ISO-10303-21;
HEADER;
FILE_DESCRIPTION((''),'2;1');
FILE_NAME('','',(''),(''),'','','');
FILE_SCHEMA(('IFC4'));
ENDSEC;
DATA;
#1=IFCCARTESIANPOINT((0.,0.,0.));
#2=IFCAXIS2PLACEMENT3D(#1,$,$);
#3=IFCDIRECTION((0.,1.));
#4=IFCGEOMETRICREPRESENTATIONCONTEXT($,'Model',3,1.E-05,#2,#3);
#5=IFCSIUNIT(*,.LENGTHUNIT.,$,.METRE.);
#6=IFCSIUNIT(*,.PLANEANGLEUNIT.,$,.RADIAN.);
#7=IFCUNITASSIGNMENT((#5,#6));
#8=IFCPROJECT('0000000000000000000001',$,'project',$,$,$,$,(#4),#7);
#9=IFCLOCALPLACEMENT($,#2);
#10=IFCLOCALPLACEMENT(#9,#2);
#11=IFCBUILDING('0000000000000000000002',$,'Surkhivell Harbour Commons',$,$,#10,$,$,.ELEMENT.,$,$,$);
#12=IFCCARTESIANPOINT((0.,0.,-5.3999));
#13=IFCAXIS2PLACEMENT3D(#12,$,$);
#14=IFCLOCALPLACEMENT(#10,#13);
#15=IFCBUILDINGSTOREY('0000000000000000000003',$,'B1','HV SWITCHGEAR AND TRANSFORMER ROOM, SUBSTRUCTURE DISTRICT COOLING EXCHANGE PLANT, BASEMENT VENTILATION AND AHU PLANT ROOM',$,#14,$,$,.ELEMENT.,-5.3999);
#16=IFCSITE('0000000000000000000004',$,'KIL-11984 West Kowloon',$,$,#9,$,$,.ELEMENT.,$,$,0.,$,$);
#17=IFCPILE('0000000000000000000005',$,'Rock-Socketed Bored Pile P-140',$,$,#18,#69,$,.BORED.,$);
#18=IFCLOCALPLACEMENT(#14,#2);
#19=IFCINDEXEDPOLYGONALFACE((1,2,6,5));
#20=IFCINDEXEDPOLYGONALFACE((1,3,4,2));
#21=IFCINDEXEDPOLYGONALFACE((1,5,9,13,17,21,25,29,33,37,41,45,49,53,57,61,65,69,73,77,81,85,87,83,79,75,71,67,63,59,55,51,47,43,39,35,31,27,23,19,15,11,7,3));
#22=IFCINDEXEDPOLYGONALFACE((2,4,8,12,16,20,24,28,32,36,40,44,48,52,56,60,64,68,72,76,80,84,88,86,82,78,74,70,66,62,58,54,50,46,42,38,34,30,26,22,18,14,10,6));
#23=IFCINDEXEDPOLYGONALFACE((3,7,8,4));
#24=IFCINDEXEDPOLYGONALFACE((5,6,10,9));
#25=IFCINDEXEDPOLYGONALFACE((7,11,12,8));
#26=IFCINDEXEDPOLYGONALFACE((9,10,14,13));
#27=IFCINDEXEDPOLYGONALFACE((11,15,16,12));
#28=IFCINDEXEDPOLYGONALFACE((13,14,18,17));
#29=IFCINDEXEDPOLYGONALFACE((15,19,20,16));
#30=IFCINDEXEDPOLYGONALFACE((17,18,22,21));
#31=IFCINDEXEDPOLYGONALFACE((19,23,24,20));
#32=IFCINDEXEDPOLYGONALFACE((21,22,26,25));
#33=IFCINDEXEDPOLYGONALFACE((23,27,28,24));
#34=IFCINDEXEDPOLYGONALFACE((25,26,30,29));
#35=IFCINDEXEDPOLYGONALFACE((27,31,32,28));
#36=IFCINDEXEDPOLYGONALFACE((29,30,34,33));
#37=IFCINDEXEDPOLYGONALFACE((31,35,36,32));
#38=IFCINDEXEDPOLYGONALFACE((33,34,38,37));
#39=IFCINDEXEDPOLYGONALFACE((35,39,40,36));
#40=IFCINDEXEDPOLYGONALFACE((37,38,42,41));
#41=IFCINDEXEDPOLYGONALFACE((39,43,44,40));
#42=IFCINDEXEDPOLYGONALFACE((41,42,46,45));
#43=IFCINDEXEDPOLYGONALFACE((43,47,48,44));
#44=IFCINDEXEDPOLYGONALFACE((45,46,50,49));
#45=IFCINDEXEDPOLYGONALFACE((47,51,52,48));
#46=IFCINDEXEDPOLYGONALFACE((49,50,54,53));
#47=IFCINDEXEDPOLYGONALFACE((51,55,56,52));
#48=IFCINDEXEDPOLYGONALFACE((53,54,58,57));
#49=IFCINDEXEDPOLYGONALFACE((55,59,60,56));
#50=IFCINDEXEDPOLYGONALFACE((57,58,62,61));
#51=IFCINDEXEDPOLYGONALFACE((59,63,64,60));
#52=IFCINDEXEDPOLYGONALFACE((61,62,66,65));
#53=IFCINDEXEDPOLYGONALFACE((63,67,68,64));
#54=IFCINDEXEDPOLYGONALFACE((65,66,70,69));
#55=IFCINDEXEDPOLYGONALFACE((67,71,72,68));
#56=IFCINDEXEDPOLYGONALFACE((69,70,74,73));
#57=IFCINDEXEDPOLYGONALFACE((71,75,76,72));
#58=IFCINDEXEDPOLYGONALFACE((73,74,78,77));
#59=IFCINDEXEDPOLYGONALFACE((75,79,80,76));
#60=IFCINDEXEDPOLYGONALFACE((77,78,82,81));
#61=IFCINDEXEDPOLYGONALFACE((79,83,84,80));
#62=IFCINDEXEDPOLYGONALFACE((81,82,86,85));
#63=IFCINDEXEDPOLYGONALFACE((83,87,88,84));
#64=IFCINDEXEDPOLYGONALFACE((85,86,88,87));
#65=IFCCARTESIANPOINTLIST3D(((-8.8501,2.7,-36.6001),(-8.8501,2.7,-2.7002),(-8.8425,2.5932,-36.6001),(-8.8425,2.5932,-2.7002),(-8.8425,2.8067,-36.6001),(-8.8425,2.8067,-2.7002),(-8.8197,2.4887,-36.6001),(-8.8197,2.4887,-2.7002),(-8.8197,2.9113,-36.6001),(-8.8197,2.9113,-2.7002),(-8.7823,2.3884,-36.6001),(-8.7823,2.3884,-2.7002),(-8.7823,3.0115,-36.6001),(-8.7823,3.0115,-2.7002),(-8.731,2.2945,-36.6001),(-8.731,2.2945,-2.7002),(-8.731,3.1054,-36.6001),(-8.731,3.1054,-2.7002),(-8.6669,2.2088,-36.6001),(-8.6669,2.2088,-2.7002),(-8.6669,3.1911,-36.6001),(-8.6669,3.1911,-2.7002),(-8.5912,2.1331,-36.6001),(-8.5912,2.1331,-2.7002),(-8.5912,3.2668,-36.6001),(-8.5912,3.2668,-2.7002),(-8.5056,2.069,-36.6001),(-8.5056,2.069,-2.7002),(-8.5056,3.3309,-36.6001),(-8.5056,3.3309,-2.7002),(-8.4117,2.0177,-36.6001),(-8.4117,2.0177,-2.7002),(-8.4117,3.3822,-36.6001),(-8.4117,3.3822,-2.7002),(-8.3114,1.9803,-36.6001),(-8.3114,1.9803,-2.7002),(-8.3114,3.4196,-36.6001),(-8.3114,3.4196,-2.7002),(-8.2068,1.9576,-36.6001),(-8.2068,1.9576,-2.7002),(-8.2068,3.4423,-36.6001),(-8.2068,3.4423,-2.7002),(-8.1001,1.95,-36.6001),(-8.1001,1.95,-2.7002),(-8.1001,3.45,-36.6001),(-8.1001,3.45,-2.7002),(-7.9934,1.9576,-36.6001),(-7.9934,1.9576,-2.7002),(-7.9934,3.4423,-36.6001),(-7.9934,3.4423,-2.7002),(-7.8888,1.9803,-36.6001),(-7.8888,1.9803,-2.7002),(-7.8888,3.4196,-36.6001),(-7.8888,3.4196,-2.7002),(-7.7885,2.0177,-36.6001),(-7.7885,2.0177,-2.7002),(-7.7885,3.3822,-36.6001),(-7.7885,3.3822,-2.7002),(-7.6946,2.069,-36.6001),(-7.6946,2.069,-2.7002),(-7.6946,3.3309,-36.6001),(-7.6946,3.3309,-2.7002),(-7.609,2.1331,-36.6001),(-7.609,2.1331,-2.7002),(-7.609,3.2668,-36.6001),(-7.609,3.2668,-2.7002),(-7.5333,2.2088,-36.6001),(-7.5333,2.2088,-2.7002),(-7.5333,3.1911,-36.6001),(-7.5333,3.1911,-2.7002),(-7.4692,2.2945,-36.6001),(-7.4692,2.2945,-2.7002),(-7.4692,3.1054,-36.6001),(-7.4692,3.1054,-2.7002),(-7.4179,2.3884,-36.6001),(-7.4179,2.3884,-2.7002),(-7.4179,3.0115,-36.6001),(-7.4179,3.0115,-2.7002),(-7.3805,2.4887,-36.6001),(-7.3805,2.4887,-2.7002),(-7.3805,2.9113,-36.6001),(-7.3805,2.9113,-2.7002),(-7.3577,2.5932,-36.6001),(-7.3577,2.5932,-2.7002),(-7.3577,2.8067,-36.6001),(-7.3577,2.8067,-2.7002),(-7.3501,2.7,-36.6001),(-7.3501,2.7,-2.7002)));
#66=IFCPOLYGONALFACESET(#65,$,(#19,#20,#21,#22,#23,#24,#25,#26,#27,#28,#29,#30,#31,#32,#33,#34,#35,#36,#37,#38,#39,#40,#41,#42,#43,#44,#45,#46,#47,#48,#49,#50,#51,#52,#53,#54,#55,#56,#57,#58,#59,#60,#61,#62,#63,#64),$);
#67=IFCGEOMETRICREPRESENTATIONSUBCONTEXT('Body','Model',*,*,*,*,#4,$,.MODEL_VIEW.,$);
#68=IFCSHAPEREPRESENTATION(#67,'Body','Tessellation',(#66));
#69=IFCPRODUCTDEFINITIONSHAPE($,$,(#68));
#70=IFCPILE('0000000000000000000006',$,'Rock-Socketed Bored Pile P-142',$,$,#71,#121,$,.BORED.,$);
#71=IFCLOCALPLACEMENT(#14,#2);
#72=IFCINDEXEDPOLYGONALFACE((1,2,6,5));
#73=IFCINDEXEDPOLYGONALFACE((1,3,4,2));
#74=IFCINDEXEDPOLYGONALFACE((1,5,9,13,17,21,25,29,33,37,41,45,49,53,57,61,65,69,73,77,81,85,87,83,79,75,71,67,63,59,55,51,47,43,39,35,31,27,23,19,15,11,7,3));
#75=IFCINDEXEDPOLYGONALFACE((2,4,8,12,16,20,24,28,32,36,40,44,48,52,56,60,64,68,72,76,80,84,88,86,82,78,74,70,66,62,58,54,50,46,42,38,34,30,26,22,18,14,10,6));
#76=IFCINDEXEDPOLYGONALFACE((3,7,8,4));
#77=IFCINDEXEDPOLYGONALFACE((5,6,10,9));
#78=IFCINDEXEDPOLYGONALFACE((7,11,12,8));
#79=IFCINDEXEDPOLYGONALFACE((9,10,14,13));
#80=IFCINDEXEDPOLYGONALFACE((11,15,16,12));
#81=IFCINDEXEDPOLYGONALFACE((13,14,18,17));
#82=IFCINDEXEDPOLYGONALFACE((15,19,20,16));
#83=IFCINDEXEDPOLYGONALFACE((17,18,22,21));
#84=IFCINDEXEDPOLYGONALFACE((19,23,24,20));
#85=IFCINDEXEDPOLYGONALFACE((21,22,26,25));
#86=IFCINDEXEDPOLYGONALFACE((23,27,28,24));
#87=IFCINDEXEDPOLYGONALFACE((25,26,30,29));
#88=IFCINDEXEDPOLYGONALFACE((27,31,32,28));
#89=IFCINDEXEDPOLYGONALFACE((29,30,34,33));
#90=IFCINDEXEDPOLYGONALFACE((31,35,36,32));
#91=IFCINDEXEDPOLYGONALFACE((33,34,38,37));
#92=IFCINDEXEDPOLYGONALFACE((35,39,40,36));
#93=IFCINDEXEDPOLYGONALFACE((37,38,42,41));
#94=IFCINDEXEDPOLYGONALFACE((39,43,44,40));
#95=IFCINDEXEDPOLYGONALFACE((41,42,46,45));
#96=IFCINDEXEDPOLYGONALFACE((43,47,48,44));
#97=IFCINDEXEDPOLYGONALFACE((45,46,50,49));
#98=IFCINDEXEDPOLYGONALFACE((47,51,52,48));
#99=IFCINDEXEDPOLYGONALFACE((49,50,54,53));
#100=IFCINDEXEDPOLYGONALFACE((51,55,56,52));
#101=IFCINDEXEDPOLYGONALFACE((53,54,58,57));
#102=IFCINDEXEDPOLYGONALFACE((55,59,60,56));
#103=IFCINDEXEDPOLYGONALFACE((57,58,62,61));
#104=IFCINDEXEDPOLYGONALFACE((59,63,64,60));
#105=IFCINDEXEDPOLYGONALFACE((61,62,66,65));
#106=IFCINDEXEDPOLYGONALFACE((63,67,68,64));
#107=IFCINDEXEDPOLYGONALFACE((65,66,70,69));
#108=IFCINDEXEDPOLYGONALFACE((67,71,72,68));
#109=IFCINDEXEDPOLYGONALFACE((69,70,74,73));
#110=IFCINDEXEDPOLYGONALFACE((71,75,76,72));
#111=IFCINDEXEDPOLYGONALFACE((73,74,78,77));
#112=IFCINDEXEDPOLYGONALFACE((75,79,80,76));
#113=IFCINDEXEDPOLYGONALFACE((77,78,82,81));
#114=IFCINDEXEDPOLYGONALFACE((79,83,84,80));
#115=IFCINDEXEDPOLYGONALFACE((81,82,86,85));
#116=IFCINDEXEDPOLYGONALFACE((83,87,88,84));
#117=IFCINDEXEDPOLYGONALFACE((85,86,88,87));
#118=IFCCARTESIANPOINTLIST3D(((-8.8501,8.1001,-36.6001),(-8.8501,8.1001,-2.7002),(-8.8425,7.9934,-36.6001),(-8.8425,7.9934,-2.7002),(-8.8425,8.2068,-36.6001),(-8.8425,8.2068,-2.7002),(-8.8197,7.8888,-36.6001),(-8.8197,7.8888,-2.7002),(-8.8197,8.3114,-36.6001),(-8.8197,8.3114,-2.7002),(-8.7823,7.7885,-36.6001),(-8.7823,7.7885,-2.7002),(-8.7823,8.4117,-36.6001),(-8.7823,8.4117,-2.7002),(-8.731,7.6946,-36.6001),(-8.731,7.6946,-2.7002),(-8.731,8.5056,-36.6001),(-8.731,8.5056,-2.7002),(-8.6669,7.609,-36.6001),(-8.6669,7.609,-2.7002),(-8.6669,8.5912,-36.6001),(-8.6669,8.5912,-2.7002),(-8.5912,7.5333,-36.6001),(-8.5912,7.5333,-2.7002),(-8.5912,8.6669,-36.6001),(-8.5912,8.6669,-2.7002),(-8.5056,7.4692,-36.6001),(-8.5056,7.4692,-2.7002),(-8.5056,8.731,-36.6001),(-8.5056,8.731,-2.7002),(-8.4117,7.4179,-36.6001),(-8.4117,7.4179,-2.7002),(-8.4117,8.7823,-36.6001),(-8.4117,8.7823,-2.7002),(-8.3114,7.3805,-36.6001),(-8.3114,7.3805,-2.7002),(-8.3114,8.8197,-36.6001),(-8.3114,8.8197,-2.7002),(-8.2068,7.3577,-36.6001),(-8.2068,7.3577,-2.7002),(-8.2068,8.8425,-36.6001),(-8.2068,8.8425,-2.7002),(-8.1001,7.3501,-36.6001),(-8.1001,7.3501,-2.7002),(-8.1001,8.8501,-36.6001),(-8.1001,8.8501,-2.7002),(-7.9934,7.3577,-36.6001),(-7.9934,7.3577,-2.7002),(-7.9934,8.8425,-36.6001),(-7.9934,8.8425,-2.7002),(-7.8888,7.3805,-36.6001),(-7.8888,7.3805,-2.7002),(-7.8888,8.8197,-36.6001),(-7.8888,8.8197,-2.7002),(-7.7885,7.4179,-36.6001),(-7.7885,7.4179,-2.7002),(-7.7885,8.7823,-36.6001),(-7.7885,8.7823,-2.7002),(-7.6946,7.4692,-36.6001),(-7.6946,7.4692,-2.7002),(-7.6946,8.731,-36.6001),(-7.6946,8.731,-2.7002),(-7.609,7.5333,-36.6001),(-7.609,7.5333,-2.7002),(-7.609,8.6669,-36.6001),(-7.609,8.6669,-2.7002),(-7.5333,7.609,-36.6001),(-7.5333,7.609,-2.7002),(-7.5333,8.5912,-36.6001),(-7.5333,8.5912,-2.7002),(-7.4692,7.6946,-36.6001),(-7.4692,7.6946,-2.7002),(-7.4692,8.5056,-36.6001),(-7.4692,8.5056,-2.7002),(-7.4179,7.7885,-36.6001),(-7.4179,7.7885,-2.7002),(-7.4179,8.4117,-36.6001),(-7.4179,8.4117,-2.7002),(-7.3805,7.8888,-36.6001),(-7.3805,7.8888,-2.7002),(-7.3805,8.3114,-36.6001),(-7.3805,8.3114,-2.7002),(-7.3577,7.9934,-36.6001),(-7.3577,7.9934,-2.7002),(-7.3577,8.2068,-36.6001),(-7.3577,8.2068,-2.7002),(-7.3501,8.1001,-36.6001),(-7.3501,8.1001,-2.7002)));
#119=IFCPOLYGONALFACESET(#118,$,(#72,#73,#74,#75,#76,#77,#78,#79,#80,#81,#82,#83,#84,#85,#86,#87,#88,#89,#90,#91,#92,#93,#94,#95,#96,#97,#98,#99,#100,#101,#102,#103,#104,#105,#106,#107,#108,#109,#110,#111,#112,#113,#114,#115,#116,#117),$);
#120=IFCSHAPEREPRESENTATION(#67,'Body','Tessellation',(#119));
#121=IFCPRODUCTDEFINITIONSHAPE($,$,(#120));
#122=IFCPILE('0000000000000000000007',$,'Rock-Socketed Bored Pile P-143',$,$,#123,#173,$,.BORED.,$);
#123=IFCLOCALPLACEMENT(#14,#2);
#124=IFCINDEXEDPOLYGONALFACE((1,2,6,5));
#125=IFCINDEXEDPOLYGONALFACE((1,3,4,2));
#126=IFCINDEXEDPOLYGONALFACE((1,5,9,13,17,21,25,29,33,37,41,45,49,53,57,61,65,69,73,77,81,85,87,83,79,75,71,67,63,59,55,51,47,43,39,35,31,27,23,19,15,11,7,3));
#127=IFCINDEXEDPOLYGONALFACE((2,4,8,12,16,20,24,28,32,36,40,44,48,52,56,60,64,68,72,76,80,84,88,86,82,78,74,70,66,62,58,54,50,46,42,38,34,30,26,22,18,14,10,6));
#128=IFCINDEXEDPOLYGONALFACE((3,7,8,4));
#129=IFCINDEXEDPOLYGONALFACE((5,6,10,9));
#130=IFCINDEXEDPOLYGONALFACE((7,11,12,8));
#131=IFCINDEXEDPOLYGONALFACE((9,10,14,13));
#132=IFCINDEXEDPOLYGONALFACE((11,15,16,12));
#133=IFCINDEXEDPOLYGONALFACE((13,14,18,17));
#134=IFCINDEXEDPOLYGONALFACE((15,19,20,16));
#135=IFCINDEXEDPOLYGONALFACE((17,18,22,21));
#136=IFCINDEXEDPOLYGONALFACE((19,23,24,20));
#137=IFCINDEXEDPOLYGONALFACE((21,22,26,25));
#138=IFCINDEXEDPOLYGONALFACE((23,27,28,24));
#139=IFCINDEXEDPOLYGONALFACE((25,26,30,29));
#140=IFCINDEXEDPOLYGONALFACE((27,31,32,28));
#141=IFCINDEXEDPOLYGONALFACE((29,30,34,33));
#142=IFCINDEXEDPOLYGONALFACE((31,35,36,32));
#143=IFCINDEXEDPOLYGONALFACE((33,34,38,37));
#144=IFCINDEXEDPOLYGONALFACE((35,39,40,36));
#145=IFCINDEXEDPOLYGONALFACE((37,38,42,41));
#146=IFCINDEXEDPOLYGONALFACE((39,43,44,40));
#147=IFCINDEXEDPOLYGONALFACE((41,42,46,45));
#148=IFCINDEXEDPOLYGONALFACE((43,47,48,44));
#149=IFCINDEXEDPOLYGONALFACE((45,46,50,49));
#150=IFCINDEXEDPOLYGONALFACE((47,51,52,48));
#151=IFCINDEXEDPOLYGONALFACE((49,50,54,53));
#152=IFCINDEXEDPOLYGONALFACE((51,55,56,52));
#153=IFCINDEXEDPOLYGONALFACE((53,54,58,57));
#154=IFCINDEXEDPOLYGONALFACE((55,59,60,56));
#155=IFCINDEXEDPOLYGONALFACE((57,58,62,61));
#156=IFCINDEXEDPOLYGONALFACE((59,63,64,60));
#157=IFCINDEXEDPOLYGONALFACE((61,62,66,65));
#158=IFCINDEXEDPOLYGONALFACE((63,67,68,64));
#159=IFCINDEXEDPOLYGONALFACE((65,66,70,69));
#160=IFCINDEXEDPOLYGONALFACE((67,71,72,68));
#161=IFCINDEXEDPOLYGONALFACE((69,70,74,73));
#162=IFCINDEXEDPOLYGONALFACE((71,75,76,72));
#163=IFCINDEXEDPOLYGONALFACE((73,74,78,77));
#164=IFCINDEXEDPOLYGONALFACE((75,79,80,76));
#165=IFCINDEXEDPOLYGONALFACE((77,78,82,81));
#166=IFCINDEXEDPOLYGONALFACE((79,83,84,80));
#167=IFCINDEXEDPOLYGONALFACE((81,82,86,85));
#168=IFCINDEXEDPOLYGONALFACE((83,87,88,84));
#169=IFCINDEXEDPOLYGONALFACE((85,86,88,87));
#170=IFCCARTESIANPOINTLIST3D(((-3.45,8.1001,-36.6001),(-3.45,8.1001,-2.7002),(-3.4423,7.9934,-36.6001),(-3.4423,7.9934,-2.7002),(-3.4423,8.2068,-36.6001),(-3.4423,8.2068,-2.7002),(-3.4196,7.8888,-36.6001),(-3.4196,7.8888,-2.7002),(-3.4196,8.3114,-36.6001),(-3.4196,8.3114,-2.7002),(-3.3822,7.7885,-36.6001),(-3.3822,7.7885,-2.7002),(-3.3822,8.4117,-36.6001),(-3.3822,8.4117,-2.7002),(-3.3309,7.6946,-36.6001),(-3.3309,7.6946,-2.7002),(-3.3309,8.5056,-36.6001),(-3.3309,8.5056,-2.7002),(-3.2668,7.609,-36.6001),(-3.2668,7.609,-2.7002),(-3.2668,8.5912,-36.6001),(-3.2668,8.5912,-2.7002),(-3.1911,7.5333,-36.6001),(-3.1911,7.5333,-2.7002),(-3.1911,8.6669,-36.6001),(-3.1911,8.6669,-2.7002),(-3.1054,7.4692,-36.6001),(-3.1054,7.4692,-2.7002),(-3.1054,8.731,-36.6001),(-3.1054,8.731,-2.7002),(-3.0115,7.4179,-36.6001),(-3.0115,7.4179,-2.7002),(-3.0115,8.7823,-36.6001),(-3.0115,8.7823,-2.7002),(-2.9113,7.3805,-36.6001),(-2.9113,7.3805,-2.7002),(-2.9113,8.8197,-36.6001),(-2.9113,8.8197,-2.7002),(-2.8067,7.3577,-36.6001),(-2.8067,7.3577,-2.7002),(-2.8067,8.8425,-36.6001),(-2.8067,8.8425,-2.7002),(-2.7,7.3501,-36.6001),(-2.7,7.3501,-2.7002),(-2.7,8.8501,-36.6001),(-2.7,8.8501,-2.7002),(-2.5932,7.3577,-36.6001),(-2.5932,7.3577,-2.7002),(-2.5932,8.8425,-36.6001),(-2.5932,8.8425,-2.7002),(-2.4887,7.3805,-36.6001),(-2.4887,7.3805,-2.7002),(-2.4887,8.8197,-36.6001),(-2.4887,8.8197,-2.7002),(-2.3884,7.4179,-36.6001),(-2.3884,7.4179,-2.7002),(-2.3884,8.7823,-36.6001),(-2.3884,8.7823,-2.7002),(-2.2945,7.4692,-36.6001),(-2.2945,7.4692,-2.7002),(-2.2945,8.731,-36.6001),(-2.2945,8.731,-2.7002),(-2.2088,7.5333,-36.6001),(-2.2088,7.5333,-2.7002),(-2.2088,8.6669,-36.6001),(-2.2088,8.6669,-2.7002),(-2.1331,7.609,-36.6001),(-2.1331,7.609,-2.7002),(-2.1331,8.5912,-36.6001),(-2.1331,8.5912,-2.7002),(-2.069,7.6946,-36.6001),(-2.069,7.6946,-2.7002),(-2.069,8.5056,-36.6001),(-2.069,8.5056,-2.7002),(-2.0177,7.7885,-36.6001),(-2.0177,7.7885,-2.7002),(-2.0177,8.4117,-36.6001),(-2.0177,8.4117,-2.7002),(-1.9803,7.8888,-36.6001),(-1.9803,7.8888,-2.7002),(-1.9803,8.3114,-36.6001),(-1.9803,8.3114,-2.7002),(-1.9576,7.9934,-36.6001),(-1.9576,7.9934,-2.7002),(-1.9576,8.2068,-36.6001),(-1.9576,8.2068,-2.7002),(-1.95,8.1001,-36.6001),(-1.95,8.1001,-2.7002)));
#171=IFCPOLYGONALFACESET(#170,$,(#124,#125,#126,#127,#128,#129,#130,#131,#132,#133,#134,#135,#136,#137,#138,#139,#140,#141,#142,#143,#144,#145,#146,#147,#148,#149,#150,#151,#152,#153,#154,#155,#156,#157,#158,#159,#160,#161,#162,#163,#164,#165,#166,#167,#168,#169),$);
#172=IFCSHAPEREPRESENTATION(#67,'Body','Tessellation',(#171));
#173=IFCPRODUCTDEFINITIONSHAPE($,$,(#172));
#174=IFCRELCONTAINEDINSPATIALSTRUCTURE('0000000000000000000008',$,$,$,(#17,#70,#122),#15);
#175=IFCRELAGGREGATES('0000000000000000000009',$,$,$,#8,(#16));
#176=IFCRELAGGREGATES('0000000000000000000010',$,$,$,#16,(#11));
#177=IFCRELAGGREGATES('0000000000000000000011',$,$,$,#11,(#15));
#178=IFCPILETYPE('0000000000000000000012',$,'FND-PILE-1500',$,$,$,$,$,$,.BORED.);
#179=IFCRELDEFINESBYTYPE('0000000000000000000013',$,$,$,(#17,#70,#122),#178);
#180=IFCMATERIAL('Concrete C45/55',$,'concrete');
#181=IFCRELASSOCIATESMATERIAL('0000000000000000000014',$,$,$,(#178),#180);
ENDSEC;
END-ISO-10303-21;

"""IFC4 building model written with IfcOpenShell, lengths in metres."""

from ifc_helpers import new_model, si_unit, direction, frame, origin, origin_2d, place, context, subcontext, project, spatial, circle, extrude, material, material_profile, profile_set, type_object, element, save


model = new_model("IFC4")

# Units and contexts
model_context = context("Model", 3, precision=1e-05, world=origin(), true_north=direction((0.0, 1.0)))
body_context = subcontext(model_context, "Body", "Model", "MODEL_VIEW")
ifc_project = project(units=[si_unit("LENGTHUNIT", "METRE"), si_unit("PLANEANGLEUNIT", "RADIAN")], contexts=[model_context])

# Site, building, storey
site_placement = place(None, origin())
site = spatial("IfcSite", under=ifc_project, at=site_placement, Name="KIL-11984 West Kowloon", CompositionType="ELEMENT", RefElevation=0.0)
building_placement = place(site_placement, origin())
building = spatial("IfcBuilding", under=site, at=building_placement, Name="Surkhivell Harbour Commons", CompositionType="ELEMENT")
storey_placement = place(building_placement, frame((0.0, 0.0, -5.3999)))
storey = spatial("IfcBuildingStorey", under=building, at=storey_placement, Name="B1", Description="HV SWITCHGEAR AND TRANSFORMER ROOM, SUBSTRUCTURE DISTRICT COOLING EXCHANGE PLANT, BASEMENT VENTILATION AND AHU PLANT ROOM", CompositionType="ELEMENT", Elevation=-5.3999)

# Piles
ifc_material_1 = material(Name="Concrete C45/55", Category="concrete")
ifc_material_profile_1 = material_profile(ifc_material_1, circle(Radius=0.75, at=origin_2d()), Name="PILE-1500")
ifc_profile_set_1 = profile_set([ifc_material_profile_1], Name="Concrete C45/55")
pile_type_1 = type_object("IfcPileType", Name="FND-PILE-1500", PredefinedType="BORED", material=ifc_profile_set_1)
for number, where, z_axis, x_axis, name in (
    (1, (-8.1001, 2.7, -2.7002), (0.0, 0.0, -1.0), (1.0, 0.0, 0.0), "Rock-Socketed Bored Pile P-140"),
    (2, (-8.1001, 8.1001, -2.7002), (0.0, 0.0, -1.0), (1.0, 0.0, 0.0), "Rock-Socketed Bored Pile P-142"),
    (3, (-2.7, 8.1001, -2.7002), (0.0, 0.0, -1.0), (1.0, 0.0, 0.0), "Rock-Socketed Bored Pile P-143"),
):
    element("IfcPile", number, at=place(storey_placement, frame(where, z_axis=z_axis, x_axis=x_axis)), inside=storey, type_object=pile_type_1, Name=name, PredefinedType="BORED", context=body_context, shape_type="SweptSolid", body=[
        extrude(circle(Radius=0.75, at=origin_2d()), origin(), (0.0, 0.0, 1.0), 33.8999),
    ])

save(model, "model.ifc")
